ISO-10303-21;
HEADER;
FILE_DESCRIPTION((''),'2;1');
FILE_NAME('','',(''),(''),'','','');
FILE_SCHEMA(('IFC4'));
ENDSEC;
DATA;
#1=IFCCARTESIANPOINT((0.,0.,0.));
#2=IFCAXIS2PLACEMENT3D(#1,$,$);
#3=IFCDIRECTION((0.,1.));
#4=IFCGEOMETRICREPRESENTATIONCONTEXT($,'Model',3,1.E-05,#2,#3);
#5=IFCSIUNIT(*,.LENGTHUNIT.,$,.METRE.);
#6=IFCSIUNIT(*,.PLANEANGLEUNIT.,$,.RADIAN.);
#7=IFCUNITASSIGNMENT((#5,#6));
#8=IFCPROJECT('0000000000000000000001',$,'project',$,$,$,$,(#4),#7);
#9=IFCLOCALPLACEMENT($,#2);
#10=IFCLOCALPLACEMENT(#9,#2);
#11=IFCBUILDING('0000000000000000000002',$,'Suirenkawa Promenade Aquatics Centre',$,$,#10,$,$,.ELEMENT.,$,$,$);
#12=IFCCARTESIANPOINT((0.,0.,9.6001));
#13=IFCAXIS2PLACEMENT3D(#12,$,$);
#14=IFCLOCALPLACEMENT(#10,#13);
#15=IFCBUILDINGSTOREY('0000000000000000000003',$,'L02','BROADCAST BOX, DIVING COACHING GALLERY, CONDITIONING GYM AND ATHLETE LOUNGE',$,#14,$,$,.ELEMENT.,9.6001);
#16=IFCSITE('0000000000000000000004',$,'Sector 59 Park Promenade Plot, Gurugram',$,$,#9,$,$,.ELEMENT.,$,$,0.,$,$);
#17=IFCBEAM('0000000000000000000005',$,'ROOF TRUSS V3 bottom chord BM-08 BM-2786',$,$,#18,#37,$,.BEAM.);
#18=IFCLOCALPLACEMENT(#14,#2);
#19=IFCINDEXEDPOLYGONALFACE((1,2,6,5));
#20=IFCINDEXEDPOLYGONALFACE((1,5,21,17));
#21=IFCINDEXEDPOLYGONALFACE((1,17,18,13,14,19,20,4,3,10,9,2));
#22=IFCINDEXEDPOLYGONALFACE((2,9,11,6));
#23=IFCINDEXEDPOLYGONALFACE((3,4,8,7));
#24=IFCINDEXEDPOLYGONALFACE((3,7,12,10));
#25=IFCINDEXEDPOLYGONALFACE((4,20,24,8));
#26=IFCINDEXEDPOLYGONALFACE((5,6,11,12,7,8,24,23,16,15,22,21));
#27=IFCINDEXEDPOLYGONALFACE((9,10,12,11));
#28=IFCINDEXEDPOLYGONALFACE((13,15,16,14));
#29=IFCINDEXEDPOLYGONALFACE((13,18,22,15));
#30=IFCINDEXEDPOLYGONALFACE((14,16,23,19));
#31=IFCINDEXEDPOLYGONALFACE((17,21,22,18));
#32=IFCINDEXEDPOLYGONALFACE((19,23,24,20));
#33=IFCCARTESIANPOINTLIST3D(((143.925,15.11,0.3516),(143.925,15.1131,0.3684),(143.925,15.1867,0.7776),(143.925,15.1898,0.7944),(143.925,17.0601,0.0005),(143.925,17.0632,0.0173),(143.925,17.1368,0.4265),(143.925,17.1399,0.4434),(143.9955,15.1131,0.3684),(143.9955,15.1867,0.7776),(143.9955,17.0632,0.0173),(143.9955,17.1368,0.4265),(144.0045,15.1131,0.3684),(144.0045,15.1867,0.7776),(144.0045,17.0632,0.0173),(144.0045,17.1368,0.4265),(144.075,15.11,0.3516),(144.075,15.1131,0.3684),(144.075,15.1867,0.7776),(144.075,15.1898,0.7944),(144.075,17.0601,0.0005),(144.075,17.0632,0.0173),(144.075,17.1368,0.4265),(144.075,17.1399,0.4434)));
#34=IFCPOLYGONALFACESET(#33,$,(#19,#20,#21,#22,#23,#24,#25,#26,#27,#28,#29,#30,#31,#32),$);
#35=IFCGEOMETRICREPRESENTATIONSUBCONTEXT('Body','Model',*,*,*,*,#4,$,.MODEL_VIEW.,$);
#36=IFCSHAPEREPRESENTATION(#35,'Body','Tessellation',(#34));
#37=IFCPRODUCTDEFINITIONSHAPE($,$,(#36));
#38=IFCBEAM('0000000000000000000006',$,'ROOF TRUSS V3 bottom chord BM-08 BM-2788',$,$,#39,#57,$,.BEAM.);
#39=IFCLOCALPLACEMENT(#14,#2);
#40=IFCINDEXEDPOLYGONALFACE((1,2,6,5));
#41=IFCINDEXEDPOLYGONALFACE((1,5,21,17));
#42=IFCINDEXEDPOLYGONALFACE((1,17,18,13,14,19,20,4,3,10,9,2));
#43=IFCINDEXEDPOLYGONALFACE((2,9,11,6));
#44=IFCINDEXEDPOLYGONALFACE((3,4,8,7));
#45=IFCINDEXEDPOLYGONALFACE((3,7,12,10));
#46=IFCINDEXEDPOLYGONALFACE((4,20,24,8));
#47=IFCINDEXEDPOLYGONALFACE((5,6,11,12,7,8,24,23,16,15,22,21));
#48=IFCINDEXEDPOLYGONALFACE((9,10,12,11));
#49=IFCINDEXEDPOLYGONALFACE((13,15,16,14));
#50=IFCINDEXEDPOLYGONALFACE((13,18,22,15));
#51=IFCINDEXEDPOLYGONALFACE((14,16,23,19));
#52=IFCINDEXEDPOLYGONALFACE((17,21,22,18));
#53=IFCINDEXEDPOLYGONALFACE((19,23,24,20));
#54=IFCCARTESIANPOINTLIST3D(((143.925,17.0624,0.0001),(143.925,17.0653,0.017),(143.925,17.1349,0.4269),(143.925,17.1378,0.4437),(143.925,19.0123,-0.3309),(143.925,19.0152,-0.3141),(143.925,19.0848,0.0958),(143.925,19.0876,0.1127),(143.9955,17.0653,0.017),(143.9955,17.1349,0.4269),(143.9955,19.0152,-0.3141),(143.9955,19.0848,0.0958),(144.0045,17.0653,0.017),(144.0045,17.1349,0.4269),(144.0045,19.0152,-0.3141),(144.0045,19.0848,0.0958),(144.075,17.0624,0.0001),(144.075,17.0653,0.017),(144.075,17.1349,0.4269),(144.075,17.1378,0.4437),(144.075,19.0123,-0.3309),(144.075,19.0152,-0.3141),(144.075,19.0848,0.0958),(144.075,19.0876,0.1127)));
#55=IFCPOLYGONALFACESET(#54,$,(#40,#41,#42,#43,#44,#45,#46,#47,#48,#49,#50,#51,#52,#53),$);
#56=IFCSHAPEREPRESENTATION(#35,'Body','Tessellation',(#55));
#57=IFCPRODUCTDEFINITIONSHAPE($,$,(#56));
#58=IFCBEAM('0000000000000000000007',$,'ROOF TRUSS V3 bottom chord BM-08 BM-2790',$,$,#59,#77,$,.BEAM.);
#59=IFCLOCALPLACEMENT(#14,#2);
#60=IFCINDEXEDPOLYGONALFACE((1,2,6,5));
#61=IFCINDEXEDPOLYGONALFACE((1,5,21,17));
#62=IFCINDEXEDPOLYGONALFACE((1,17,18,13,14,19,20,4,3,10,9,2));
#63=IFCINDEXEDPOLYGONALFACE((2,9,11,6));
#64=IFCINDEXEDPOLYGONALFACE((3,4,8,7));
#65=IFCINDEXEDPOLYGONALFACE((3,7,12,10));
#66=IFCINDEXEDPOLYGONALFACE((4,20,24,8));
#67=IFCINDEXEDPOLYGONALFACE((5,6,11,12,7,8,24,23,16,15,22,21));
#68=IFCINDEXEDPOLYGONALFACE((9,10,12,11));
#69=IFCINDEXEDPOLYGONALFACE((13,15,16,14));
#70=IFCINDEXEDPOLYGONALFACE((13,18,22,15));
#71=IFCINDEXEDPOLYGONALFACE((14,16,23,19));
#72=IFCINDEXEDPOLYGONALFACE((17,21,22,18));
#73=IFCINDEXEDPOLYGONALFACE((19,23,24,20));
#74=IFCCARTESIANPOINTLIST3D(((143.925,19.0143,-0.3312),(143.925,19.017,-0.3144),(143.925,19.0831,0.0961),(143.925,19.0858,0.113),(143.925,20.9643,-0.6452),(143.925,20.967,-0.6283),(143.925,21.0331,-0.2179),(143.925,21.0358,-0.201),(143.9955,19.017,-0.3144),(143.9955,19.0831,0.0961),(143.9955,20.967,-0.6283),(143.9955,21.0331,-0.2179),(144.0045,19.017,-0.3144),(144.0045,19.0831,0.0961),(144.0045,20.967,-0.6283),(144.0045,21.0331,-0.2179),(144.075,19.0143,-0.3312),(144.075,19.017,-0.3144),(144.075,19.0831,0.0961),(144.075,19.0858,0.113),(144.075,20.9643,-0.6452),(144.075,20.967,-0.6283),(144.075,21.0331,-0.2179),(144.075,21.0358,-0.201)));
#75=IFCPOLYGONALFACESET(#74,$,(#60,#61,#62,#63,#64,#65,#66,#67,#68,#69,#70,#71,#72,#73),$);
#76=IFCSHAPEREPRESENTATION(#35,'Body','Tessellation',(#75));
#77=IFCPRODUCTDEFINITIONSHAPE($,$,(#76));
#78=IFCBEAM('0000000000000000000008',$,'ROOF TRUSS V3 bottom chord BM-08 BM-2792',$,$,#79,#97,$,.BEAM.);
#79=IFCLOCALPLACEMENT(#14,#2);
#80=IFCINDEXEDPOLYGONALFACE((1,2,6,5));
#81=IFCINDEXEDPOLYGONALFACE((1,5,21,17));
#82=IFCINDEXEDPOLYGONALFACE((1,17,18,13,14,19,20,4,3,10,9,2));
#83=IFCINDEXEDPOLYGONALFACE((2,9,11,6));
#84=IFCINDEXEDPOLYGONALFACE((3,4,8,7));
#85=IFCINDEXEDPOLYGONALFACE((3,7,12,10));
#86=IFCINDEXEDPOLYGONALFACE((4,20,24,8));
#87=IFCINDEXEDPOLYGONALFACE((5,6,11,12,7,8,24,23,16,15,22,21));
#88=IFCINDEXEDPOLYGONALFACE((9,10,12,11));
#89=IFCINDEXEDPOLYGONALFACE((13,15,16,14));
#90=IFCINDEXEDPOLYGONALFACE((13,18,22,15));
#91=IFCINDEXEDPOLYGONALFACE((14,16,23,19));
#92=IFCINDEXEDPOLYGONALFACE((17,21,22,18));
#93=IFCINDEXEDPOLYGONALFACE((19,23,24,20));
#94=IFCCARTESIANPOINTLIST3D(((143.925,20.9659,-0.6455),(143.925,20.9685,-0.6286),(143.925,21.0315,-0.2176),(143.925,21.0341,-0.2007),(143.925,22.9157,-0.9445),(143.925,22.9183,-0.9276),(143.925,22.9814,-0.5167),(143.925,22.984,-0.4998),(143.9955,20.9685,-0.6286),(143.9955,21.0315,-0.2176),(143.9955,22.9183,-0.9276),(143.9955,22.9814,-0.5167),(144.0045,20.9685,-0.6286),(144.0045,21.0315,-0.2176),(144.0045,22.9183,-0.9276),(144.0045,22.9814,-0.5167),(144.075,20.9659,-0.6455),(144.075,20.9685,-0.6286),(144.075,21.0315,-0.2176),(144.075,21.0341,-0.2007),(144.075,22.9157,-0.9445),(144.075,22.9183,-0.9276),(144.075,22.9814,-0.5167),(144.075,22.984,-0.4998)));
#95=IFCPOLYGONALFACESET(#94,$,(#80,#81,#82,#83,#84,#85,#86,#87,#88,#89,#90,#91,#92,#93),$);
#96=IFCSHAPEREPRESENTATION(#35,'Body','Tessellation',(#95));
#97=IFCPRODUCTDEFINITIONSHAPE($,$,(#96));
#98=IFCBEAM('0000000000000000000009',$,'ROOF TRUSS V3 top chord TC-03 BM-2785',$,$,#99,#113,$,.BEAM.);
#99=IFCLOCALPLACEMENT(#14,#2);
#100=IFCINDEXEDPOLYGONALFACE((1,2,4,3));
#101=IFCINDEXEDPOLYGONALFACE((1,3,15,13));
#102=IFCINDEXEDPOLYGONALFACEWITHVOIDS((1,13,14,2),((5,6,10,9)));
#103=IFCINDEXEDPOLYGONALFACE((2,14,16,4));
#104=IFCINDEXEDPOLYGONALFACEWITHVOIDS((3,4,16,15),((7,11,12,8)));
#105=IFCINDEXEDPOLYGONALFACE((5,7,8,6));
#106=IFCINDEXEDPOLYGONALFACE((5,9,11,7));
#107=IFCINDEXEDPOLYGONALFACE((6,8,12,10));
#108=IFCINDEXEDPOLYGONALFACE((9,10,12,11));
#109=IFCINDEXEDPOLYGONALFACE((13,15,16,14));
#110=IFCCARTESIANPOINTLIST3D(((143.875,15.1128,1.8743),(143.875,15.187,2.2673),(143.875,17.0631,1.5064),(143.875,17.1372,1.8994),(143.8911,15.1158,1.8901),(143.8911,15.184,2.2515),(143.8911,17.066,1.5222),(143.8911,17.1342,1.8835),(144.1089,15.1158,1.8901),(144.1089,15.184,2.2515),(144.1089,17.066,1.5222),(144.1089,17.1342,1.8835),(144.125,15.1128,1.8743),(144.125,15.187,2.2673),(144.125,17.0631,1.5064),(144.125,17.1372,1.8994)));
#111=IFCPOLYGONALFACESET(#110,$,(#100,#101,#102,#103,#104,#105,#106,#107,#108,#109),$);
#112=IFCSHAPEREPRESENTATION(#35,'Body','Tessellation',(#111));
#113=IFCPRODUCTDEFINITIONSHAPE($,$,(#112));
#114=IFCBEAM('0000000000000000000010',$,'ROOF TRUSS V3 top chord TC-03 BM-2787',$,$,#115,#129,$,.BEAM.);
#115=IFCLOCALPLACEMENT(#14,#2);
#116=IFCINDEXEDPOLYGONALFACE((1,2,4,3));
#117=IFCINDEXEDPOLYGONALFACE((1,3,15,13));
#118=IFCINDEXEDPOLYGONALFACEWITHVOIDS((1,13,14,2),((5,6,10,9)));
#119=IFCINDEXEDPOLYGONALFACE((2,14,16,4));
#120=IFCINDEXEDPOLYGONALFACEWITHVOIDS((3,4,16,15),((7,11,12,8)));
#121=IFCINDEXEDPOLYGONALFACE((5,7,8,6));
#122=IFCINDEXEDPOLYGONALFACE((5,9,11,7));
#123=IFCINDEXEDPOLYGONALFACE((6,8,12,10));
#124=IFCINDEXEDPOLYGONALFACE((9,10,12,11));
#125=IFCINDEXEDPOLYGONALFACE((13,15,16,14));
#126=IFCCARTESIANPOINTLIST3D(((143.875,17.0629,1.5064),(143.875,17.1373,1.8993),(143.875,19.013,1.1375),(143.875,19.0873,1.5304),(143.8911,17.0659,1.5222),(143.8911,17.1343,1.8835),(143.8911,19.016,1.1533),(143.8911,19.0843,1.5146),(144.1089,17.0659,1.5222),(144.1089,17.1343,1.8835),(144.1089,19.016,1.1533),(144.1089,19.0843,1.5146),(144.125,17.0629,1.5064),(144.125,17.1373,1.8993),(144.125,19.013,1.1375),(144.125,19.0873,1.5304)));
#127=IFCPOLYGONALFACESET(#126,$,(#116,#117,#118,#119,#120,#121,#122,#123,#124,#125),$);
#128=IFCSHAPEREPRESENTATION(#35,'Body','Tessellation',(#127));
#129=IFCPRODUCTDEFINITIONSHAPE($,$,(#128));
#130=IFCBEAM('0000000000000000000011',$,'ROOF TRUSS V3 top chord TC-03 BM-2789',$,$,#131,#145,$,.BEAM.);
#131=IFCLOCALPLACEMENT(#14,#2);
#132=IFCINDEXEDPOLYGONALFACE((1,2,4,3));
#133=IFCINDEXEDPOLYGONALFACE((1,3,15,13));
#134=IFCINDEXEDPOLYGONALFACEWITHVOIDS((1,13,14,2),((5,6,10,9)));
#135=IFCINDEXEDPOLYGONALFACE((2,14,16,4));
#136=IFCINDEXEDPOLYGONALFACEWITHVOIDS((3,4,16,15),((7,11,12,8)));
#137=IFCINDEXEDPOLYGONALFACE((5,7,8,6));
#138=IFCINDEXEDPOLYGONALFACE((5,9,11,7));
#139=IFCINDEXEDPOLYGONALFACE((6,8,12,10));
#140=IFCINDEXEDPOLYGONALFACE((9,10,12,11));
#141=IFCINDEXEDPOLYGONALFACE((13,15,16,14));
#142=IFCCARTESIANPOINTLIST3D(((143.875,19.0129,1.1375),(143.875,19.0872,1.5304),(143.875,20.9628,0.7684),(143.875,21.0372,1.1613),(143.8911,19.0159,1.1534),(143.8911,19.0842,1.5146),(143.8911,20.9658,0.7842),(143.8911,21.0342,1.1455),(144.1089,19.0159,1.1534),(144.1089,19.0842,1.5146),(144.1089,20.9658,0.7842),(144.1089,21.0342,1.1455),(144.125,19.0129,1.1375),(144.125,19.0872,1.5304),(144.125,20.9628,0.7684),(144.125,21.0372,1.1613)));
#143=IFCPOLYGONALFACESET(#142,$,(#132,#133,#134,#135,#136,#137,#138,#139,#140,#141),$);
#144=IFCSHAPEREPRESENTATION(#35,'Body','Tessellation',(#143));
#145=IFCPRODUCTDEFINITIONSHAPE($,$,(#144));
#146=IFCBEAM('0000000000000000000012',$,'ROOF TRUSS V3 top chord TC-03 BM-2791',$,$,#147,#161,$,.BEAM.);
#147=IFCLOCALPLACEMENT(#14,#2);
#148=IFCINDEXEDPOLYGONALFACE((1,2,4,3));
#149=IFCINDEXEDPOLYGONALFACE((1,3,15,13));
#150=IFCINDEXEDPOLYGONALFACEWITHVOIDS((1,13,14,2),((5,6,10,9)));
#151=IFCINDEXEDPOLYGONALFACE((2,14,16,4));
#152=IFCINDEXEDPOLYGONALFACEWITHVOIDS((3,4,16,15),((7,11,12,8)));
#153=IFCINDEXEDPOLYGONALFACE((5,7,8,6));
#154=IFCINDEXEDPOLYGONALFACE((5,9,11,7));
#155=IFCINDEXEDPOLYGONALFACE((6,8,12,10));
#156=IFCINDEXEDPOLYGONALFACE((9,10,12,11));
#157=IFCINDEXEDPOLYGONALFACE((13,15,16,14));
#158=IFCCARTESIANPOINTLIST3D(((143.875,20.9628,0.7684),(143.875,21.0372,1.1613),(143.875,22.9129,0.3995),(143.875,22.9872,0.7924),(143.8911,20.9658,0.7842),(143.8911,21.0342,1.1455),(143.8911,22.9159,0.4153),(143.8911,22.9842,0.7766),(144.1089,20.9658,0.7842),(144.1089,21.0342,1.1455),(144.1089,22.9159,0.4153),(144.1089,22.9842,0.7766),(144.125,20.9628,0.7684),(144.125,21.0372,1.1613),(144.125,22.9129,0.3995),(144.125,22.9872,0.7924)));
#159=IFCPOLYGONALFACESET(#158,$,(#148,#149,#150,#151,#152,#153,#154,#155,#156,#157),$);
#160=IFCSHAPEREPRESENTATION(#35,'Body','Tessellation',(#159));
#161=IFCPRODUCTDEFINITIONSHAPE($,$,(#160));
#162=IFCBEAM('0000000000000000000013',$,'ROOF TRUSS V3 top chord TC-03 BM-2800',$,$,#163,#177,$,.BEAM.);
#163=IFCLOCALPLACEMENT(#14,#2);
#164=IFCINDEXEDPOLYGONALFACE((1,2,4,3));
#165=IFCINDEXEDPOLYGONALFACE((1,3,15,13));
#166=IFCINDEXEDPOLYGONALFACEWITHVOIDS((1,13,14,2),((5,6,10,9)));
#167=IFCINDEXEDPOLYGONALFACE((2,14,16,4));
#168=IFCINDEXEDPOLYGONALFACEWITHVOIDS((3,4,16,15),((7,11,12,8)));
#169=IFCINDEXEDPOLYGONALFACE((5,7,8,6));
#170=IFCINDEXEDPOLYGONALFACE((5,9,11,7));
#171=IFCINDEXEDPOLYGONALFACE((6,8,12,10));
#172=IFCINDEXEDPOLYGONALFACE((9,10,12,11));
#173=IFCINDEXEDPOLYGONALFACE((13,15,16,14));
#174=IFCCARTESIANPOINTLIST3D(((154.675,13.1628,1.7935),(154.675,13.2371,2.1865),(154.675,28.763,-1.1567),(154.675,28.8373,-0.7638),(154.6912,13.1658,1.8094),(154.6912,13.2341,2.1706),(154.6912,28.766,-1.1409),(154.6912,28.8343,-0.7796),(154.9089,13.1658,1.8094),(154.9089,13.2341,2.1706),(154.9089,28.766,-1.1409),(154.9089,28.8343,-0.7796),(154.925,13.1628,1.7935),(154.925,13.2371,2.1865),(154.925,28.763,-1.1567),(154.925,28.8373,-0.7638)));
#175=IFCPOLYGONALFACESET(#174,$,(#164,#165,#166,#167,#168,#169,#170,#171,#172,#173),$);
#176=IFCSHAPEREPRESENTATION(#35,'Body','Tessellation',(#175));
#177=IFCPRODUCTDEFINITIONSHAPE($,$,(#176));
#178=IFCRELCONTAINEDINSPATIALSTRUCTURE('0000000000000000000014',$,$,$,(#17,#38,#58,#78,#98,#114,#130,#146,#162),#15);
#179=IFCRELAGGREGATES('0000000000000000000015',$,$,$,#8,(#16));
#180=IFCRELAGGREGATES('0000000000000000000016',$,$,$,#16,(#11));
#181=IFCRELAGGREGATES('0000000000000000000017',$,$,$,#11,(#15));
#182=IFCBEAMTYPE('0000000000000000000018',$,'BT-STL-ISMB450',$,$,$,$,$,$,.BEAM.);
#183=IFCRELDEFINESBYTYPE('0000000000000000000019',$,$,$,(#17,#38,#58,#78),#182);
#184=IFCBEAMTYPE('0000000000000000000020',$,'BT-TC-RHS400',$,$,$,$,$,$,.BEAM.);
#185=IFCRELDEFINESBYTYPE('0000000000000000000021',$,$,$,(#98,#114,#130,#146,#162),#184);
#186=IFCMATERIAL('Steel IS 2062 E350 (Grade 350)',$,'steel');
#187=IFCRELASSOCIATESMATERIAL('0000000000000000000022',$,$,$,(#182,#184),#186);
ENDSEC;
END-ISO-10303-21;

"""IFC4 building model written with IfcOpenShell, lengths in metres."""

from ifc_helpers import new_model, si_unit, direction, frame, origin, origin_2d, place, context, subcontext, project, spatial, hollow_rectangle, i_section, extrude, material, material_profile, profile_set, type_object, element, save


model = new_model("IFC4")

# Units and contexts
model_context = context("Model", 3, precision=1e-05, world=origin(), true_north=direction((0.0, 1.0)))
body_context = subcontext(model_context, "Body", "Model", "MODEL_VIEW")
ifc_project = project(units=[si_unit("LENGTHUNIT", "METRE"), si_unit("PLANEANGLEUNIT", "RADIAN")], contexts=[model_context])

# Site, building, storey
site_placement = place(None, origin())
site = spatial("IfcSite", under=ifc_project, at=site_placement, Name="Sector 59 Park Promenade Plot, Gurugram", CompositionType="ELEMENT", RefElevation=0.0)
building_placement = place(site_placement, origin())
building = spatial("IfcBuilding", under=site, at=building_placement, Name="Suirenkawa Promenade Aquatics Centre", CompositionType="ELEMENT")
storey_placement = place(building_placement, frame((0.0, 0.0, 9.6001)))
storey = spatial("IfcBuildingStorey", under=building, at=storey_placement, Name="L02", Description="BROADCAST BOX, DIVING COACHING GALLERY, CONDITIONING GYM AND ATHLETE LOUNGE", CompositionType="ELEMENT", Elevation=9.6001)

# Beams
ifc_material_1 = material(Name="Steel IS 2062 E350 (Grade 350)", Category="steel")
ifc_material_profile_1 = material_profile(ifc_material_1, i_section(OverallWidth=0.1499, OverallDepth=0.45, WebThickness=0.009, FlangeThickness=0.0171, at=origin_2d()), Name="ISMB 450", Category="steel")
ifc_profile_set_1 = profile_set([ifc_material_profile_1], Name="Steel IS 2062 E350 (Grade 350)")
beam_type_1 = type_object("IfcBeamType", Name="BT-STL-ISMB450", PredefinedType="BEAM", material=ifc_profile_set_1)
beam_1_placement = place(storey_placement, frame((144.0, 15.1499, 0.573), z_axis=(0.0, 0.98418, -0.177172), x_axis=(-1.0, 0.0, 0.0)))
element("IfcBeam", 1, at=beam_1_placement, inside=storey, type_object=beam_type_1, Name="ROOF TRUSS V3 bottom chord BM-08 BM-2786", PredefinedType="BEAM", context=body_context, shape_type="SweptSolid", body=[
    extrude(i_section(OverallWidth=0.1499, OverallDepth=0.45, WebThickness=0.009, FlangeThickness=0.0171, at=origin_2d()), origin(), (0.0, 0.0, 1.0), 1.9814),
])
beam_2_placement = place(storey_placement, frame((144.0, 17.1001, 0.2219), z_axis=(0.0, 0.985892, -0.167381), x_axis=(-1.0, 0.0, 0.0)))
element("IfcBeam", 2, at=beam_2_placement, inside=storey, type_object=beam_type_1, Name="ROOF TRUSS V3 bottom chord BM-08 BM-2788", PredefinedType="BEAM", context=body_context, shape_type="SweptSolid", body=[
    extrude(i_section(OverallWidth=0.1499, OverallDepth=0.45, WebThickness=0.009, FlangeThickness=0.0171, at=origin_2d()), origin(), (0.0, 0.0, 1.0), 1.9778),
])
beam_3_placement = place(storey_placement, frame((144.0, 19.05, -0.1091), z_axis=(0.0, 0.987284, -0.158964), x_axis=(-1.0, 0.0, 0.0)))
element("IfcBeam", 3, at=beam_3_placement, inside=storey, type_object=beam_type_1, Name="ROOF TRUSS V3 bottom chord BM-08 BM-2790", PredefinedType="BEAM", context=body_context, shape_type="SweptSolid", body=[
    extrude(i_section(OverallWidth=0.1499, OverallDepth=0.45, WebThickness=0.009, FlangeThickness=0.0171, at=origin_2d()), origin(), (0.0, 0.0, 1.0), 1.9751),
])
beam_4_placement = place(storey_placement, frame((144.0, 21.0, -0.4231), z_axis=(0.0, 0.988442, -0.151601), x_axis=(-1.0, 0.0, 0.0)))
element("IfcBeam", 4, at=beam_4_placement, inside=storey, type_object=beam_type_1, Name="ROOF TRUSS V3 bottom chord BM-08 BM-2792", PredefinedType="BEAM", context=body_context, shape_type="SweptSolid", body=[
    extrude(i_section(OverallWidth=0.1499, OverallDepth=0.45, WebThickness=0.009, FlangeThickness=0.0171, at=origin_2d()), origin(), (0.0, 0.0, 1.0), 1.9727),
])
ifc_material_profile_2 = material_profile(ifc_material_1, hollow_rectangle(XDim=0.25, YDim=0.3999, WallThickness=0.0161, at=origin_2d()), Name="RHS 400x250x16", Category="steel")
ifc_profile_set_2 = profile_set([ifc_material_profile_2], Name="Steel IS 2062 E350 (Grade 350)")
beam_type_2 = type_object("IfcBeamType", Name="BT-TC-RHS400", PredefinedType="BEAM", material=ifc_profile_set_2)
for number, where, z_axis, x_axis, name in (
    (5, (144.0, 15.1499, 2.0708), (0.0, 0.982665, -0.185388), (-1.0, 0.0, 0.0), "ROOF TRUSS V3 top chord TC-03 BM-2785"),
    (6, (144.0, 17.1001, 1.7029), (0.0, 0.982571, -0.185885), (-1.0, 0.0, 0.0), "ROOF TRUSS V3 top chord TC-03 BM-2787"),
    (7, (144.0, 19.05, 1.334), (0.0, 0.982549, -0.186004), (-1.0, 0.0, 0.0), "ROOF TRUSS V3 top chord TC-03 BM-2789"),
    (8, (144.0, 21.0, 0.9648), (0.0, 0.982571, -0.185885), (-1.0, 0.0, 0.0), "ROOF TRUSS V3 top chord TC-03 BM-2791"),
):
    element("IfcBeam", number, at=place(storey_placement, frame(where, z_axis=z_axis, x_axis=x_axis)), inside=storey, type_object=beam_type_2, Name=name, PredefinedType="BEAM", context=body_context, shape_type="SweptSolid", body=[
        extrude(hollow_rectangle(XDim=0.25, YDim=0.3999, WallThickness=0.0161, at=origin_2d()), origin(), (0.0, 0.0, 1.0), 1.9846),
    ])
beam_5_placement = place(storey_placement, frame((154.8, 13.2, 1.99), z_axis=(0.0, 0.982584, -0.18582), x_axis=(-1.0, 0.0, 0.0)))
element("IfcBeam", 9, at=beam_5_placement, inside=storey, type_object=beam_type_2, Name="ROOF TRUSS V3 top chord TC-03 BM-2800", PredefinedType="BEAM", context=body_context, shape_type="SweptSolid", body=[
    extrude(hollow_rectangle(XDim=0.25, YDim=0.3999, WallThickness=0.0161, at=origin_2d()), origin(), (0.0, 0.0, 1.0), 15.8767),
])

save(model, "model.ifc")
